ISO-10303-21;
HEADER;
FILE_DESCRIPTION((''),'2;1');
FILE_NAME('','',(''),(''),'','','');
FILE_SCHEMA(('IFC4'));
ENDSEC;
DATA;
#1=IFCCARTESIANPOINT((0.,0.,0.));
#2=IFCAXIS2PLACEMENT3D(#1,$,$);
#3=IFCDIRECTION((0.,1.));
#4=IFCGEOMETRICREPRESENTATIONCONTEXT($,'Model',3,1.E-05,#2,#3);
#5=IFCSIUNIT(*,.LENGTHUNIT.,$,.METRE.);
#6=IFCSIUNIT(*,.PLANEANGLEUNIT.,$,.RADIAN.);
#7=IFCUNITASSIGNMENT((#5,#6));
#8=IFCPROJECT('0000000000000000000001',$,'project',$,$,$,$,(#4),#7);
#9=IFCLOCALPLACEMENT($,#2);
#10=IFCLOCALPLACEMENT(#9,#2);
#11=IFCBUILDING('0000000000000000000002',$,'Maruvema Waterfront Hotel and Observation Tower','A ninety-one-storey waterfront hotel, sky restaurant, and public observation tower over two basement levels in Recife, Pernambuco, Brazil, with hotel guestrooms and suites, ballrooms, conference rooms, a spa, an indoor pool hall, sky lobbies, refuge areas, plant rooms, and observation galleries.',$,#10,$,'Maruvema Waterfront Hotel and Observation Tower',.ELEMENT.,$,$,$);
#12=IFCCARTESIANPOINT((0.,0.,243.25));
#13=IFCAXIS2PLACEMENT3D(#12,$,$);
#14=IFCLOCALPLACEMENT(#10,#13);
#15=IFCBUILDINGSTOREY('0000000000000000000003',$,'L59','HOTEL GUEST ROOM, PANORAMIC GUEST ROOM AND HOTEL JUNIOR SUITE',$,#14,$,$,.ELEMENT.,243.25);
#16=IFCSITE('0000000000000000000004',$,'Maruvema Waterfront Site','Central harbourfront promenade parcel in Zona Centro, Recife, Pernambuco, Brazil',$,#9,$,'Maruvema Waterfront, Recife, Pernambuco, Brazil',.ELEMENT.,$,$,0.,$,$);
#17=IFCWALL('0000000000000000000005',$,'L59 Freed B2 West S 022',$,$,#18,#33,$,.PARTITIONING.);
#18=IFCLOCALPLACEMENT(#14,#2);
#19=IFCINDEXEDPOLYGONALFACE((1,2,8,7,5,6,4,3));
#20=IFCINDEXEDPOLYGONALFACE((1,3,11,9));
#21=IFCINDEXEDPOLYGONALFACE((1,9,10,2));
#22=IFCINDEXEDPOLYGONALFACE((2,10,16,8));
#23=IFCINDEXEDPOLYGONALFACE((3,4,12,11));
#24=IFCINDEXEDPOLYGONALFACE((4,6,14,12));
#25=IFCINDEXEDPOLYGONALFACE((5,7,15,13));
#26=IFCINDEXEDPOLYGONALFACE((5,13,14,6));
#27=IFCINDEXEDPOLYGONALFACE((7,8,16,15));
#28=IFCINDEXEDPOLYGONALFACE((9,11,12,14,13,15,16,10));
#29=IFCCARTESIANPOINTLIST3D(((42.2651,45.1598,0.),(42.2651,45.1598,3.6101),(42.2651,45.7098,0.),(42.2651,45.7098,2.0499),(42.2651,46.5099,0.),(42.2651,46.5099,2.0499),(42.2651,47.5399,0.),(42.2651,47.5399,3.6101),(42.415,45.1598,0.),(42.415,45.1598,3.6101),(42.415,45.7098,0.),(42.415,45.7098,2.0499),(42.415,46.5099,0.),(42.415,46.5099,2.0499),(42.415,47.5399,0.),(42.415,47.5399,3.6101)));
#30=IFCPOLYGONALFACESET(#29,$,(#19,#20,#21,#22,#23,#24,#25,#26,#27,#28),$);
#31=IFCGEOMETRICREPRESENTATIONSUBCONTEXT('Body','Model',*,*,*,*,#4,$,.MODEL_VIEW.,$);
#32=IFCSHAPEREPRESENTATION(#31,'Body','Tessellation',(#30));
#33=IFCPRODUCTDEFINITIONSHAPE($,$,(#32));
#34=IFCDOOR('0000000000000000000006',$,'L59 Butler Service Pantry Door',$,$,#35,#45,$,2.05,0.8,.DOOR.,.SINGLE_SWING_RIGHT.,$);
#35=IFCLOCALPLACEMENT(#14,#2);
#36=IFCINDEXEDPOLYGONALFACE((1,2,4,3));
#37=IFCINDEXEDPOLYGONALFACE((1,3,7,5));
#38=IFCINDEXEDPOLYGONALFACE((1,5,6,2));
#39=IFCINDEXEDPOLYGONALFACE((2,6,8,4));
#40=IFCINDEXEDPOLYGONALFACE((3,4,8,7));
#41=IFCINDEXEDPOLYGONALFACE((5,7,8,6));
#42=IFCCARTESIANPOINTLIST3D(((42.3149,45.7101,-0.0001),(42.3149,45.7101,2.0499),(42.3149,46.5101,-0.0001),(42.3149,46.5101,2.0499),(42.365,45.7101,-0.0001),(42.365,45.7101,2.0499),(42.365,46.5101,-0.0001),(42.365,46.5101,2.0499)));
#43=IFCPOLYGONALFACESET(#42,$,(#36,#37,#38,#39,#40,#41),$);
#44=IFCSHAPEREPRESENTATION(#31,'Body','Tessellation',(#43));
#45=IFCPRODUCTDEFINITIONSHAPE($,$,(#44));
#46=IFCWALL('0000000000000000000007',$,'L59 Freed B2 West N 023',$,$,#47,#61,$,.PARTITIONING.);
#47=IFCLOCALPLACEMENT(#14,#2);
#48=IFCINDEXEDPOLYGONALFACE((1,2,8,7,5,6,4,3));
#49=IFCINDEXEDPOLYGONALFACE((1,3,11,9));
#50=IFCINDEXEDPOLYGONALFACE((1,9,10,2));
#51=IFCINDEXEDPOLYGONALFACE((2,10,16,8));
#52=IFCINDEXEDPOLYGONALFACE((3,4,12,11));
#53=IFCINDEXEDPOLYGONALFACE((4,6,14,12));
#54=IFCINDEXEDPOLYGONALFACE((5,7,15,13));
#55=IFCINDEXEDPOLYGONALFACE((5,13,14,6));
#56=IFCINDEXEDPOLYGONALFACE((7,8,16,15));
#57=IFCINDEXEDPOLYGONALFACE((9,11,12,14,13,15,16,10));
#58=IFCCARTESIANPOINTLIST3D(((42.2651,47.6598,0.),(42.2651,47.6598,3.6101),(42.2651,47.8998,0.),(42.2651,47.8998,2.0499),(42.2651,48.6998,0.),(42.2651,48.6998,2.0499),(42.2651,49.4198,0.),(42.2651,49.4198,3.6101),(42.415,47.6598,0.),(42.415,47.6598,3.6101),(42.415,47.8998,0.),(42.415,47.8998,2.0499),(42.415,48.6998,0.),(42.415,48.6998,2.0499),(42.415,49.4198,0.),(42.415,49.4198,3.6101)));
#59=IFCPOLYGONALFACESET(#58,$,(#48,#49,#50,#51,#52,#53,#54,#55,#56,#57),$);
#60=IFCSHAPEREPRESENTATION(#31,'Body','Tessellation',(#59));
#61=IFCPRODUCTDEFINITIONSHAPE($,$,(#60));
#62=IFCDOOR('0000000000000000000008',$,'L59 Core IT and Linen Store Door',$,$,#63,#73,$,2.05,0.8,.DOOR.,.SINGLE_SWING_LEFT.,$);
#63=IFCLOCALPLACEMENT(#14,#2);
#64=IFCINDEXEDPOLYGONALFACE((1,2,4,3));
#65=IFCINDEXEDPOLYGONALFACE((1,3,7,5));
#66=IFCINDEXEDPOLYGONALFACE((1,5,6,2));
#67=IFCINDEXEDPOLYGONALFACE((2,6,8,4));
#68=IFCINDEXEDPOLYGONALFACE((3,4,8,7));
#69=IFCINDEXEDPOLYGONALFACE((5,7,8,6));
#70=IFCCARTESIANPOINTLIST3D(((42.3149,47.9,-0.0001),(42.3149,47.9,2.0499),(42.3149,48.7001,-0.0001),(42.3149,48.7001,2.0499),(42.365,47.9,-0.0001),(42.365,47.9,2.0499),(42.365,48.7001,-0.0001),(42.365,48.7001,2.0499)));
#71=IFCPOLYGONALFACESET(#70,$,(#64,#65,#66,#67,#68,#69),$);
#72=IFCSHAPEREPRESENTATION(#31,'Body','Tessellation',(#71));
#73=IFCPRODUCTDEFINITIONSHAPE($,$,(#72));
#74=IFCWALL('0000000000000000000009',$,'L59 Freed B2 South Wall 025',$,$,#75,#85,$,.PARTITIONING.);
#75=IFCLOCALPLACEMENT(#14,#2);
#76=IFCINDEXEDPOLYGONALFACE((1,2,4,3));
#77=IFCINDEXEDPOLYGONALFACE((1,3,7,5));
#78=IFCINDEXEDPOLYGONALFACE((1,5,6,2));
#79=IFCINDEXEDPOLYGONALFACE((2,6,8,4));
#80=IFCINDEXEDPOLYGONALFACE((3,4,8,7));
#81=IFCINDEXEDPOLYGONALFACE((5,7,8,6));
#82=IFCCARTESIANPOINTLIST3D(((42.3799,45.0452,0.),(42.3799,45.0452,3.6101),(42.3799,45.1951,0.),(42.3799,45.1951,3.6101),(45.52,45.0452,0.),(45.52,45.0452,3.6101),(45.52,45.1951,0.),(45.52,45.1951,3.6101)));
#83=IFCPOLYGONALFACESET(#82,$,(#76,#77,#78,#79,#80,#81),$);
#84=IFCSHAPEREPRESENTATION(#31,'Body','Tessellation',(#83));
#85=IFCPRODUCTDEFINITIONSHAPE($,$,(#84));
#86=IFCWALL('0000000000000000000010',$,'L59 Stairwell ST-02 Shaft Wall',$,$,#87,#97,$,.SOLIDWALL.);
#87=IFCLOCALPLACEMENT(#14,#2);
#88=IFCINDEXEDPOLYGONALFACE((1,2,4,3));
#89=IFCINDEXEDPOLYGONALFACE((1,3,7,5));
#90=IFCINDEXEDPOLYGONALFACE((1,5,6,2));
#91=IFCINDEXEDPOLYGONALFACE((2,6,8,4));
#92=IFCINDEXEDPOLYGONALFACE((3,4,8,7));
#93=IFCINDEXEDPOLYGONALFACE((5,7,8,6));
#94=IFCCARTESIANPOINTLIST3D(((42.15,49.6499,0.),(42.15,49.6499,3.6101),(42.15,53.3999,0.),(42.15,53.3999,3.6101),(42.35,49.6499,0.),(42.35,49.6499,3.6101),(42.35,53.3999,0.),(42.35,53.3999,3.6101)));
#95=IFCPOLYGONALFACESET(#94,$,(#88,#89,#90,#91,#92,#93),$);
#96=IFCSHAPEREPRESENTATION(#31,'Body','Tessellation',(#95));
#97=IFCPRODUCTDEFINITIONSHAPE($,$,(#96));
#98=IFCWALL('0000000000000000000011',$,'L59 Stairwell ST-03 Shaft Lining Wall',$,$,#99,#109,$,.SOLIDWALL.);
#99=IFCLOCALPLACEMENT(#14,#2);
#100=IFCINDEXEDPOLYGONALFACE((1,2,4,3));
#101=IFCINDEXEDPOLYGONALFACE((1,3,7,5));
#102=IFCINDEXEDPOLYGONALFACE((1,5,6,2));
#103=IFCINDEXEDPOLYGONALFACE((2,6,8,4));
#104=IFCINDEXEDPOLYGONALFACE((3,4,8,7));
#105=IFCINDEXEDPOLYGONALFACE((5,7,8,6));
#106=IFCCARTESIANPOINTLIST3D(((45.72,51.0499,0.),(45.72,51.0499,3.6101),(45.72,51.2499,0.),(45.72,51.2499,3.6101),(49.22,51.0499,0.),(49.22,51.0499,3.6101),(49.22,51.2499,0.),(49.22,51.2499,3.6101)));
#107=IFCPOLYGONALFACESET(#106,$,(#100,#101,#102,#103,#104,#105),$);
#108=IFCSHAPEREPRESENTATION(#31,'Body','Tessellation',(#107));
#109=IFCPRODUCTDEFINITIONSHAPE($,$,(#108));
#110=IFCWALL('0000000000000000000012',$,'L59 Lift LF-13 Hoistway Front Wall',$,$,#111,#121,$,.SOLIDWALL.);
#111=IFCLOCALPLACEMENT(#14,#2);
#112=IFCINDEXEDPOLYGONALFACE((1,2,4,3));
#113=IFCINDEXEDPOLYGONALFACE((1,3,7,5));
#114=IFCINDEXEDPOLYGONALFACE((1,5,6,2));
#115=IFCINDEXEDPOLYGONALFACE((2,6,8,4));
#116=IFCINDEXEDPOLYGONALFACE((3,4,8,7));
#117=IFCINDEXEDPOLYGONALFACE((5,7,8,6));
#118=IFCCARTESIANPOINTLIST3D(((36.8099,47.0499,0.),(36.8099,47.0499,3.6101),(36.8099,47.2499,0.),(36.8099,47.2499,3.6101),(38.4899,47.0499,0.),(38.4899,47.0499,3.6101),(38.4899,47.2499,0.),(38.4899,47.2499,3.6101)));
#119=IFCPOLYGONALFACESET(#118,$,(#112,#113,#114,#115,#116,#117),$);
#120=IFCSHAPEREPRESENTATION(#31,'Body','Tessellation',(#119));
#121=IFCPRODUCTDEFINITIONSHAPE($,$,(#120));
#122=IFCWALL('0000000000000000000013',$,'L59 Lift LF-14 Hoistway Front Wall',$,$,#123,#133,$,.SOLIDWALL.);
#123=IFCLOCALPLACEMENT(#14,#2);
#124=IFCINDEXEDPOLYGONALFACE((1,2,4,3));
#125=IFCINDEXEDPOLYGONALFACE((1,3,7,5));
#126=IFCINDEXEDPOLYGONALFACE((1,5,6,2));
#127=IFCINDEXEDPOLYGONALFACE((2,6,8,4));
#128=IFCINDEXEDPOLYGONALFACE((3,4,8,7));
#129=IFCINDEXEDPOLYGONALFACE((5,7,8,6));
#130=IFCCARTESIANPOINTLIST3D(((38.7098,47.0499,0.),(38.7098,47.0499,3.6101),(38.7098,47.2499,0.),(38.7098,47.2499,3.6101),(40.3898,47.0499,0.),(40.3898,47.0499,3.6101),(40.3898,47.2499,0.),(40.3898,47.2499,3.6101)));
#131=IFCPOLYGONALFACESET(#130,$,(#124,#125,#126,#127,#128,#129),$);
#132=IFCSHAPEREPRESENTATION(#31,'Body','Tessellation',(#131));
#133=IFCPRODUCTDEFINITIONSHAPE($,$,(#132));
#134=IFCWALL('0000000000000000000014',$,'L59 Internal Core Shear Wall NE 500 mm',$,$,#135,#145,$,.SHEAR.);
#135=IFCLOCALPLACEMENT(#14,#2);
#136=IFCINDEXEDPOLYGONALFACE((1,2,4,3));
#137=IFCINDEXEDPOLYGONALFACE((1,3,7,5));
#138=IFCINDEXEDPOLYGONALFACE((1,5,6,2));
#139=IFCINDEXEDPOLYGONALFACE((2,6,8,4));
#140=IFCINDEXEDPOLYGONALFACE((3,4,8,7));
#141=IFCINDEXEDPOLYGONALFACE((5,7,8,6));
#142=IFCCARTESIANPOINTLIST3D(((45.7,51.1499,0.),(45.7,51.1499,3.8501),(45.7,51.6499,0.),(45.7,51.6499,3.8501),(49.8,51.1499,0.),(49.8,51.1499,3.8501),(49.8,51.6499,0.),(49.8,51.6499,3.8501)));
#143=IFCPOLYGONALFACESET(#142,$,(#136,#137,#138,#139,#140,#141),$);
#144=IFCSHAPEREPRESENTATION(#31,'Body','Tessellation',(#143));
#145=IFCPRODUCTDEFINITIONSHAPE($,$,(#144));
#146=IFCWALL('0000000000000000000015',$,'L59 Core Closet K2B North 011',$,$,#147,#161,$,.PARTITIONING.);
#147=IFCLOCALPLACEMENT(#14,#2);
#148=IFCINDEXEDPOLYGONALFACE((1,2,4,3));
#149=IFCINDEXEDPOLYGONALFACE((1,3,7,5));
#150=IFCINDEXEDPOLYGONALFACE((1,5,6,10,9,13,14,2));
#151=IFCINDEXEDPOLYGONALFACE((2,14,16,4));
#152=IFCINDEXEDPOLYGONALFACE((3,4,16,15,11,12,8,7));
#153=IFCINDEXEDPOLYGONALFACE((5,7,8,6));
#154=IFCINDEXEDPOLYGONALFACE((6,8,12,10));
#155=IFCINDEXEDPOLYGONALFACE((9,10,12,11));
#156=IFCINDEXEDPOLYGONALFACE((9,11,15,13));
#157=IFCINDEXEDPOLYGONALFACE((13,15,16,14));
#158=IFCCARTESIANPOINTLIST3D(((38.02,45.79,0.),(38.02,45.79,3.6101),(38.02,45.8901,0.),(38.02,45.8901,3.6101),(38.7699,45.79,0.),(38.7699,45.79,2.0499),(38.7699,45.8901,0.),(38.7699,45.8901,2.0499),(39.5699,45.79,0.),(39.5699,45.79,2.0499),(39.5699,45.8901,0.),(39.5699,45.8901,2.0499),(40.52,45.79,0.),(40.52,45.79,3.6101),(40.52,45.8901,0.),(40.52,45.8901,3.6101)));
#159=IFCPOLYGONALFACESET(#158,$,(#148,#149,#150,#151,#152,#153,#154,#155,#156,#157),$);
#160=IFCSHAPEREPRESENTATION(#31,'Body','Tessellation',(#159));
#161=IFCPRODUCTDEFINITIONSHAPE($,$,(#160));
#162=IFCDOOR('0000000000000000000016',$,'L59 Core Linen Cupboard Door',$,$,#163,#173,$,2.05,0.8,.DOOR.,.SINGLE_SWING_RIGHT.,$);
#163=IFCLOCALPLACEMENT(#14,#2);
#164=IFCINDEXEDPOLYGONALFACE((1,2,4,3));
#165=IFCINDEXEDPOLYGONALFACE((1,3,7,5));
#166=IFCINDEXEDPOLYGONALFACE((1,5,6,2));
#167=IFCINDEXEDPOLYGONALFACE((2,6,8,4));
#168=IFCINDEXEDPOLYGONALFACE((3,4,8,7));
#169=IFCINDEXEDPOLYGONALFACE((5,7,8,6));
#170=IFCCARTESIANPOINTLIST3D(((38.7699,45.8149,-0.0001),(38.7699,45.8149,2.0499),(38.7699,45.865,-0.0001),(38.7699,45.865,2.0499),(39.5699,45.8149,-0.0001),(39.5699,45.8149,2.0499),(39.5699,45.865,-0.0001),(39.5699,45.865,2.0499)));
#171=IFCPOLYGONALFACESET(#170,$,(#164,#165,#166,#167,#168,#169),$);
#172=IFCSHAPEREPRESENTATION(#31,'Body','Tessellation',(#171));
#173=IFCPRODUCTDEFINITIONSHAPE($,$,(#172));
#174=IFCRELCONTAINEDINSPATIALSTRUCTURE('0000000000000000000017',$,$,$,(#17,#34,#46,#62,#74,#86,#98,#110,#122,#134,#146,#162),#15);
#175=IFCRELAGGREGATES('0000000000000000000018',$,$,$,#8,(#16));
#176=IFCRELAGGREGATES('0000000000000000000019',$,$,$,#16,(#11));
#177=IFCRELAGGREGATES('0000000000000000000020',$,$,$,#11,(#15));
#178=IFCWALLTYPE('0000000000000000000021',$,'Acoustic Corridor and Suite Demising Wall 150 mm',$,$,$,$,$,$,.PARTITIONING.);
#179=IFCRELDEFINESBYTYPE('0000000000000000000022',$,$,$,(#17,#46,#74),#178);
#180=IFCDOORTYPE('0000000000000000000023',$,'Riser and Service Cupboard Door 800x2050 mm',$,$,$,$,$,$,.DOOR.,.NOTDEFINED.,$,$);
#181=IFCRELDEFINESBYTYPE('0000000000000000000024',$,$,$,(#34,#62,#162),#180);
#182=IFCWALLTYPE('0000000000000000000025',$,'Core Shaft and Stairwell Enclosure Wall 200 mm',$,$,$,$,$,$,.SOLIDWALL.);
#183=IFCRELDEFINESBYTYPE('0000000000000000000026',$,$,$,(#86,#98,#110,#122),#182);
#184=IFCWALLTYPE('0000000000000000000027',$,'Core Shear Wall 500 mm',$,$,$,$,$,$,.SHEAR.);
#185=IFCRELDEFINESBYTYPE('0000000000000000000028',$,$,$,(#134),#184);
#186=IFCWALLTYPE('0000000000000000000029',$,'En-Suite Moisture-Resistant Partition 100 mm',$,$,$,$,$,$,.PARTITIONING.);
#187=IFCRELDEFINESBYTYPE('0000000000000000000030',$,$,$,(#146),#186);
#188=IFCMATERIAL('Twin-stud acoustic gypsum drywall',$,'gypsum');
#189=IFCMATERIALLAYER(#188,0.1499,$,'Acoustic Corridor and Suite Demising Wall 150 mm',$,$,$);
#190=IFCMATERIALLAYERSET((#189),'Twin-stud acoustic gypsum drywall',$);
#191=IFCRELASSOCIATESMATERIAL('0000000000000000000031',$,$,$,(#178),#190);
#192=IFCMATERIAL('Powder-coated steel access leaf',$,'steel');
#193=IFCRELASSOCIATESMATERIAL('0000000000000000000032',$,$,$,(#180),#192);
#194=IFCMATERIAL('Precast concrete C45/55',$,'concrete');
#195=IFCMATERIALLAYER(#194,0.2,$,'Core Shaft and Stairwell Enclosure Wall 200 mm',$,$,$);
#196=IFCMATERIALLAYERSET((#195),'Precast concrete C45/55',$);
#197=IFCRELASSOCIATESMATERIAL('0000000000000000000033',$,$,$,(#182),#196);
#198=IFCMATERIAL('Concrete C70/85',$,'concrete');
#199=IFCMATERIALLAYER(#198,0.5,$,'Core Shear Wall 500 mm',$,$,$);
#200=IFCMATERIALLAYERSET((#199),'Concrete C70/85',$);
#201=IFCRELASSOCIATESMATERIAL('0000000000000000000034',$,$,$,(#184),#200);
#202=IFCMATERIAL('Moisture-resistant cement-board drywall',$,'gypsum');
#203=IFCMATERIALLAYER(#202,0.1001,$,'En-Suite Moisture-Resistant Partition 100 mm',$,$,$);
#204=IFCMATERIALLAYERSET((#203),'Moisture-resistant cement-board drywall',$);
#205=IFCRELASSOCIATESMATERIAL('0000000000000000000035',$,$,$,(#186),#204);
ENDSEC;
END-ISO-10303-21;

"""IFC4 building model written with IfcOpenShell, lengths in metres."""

from ifc_helpers import new_model, si_unit, direction, frame, frame_2d, origin, place, context, subcontext, project, spatial, rectangle, extrude, material, layer, layer_set, type_object, element, fill, save


model = new_model("IFC4")

# Units and contexts
model_context = context("Model", 3, precision=1e-05, world=origin(), true_north=direction((0.0, 1.0)))
body_context = subcontext(model_context, "Body", "Model", "MODEL_VIEW")
ifc_project = project(units=[si_unit("LENGTHUNIT", "METRE"), si_unit("PLANEANGLEUNIT", "RADIAN")], contexts=[model_context])

# Site, building, storey
site_placement = place(None, origin())
site = spatial("IfcSite", under=ifc_project, at=site_placement, Name="Maruvema Waterfront Site", Description="Central harbourfront promenade parcel in Zona Centro, Recife, Pernambuco, Brazil", LongName="Maruvema Waterfront, Recife, Pernambuco, Brazil", CompositionType="ELEMENT", RefElevation=0.0)
building_placement = place(site_placement, origin())
building = spatial("IfcBuilding", under=site, at=building_placement, Name="Maruvema Waterfront Hotel and Observation Tower", Description="A ninety-one-storey waterfront hotel, sky restaurant, and public observation tower over two basement levels in Recife, Pernambuco, Brazil, with hotel guestrooms and suites, ballrooms, conference rooms, a spa, an indoor pool hall, sky lobbies, refuge areas, plant rooms, and observation galleries.", LongName="Maruvema Waterfront Hotel and Observation Tower", CompositionType="ELEMENT")
storey_placement = place(building_placement, frame((0.0, 0.0, 243.25)))
storey = spatial("IfcBuildingStorey", under=building, at=storey_placement, Name="L59", Description="HOTEL GUEST ROOM, PANORAMIC GUEST ROOM AND HOTEL JUNIOR SUITE", CompositionType="ELEMENT", Elevation=243.25)

# Walls, openings, doors
ifc_material_1 = material(Name="Twin-stud acoustic gypsum drywall", Category="gypsum")
ifc_layer_1 = layer(ifc_material_1, 0.1499, Name="Acoustic Corridor and Suite Demising Wall 150 mm")
ifc_layer_set_1 = layer_set([ifc_layer_1], Name="Twin-stud acoustic gypsum drywall")
wall_type_1 = type_object("IfcWallType", Name="Acoustic Corridor and Suite Demising Wall 150 mm", PredefinedType="PARTITIONING", material=ifc_layer_set_1)
wall_1_placement = place(storey_placement, frame((42.3401, 45.1599, 0.0), z_axis=(0.0, 0.0, 1.0), x_axis=(0.0, 1.0, 0.0)))
wall_1 = element("IfcWall", 1, at=wall_1_placement, inside=storey, type_object=wall_type_1, Name="L59 Freed B2 West S 022", PredefinedType="PARTITIONING", context=body_context, shape_type="SweptSolid", body=[
    extrude(rectangle(XDim=2.3801, YDim=0.1499, at=frame_2d((1.1899, 0.0))), origin(), (0.0, 0.0, 1.0), 3.6101),
])
opening_1_placement = place(wall_1_placement, frame((0.55, 0.0, 0.0)))
opening_1 = element("IfcOpeningElement", 2, at=opening_1_placement, cuts=wall_1, PredefinedType="OPENING", context=body_context, shape_type="SweptSolid", body=[
    extrude(rectangle(XDim=0.8, YDim=2.05, at=frame_2d((0.3999, 1.0249))), frame((0.0, 0.085, 0.0), z_axis=(0.0, -1.0, 0.0), x_axis=(1.0, 0.0, 0.0)), (0.0, 0.0, 1.0), 0.1699),
])
ifc_material_2 = material(Name="Powder-coated steel access leaf", Category="steel")
door_type = type_object("IfcDoorType", Name="Riser and Service Cupboard Door 800x2050 mm", OperationType="NOTDEFINED", PredefinedType="DOOR", material=ifc_material_2)
door_1_placement = place(opening_1_placement, frame((0.8, 0.0, 0.0), z_axis=(0.0, 0.0, 1.0), x_axis=(-1.0, 0.0, 0.0)))
door_1 = element("IfcDoor", 3, at=door_1_placement, inside=storey, type_object=door_type, Name="L59 Butler Service Pantry Door", OperationType="SINGLE_SWING_RIGHT", OverallHeight=2.05, OverallWidth=0.8, PredefinedType="DOOR", context=body_context, shape_type="SweptSolid", body=[
    extrude(rectangle(XDim=0.8, YDim=2.05, at=frame_2d((0.3999, 1.0249))), frame((0.0, 0.0249, 0.0), z_axis=(0.0, -1.0, 0.0), x_axis=(1.0, 0.0, 0.0)), (0.0, 0.0, 1.0), 0.05),
])
fill(opening_1, door_1)
wall_2_placement = place(storey_placement, frame((42.3401, 47.6599, 0.0), z_axis=(0.0, 0.0, 1.0), x_axis=(0.0, 1.0, 0.0)))
wall_2 = element("IfcWall", 4, at=wall_2_placement, inside=storey, type_object=wall_type_1, Name="L59 Freed B2 West N 023", PredefinedType="PARTITIONING", context=body_context, shape_type="SweptSolid", body=[
    extrude(rectangle(XDim=1.76, YDim=0.1499, at=frame_2d((0.8799, 0.0))), origin(), (0.0, 0.0, 1.0), 3.6101),
])
opening_2_placement = place(wall_2_placement, frame((0.24, 0.0, 0.0)))
opening_2 = element("IfcOpeningElement", 5, at=opening_2_placement, cuts=wall_2, PredefinedType="OPENING", context=body_context, shape_type="SweptSolid", body=[
    extrude(rectangle(XDim=0.8, YDim=2.05, at=frame_2d((0.3999, 1.0249))), frame((0.0, 0.085, 0.0), z_axis=(0.0, -1.0, 0.0), x_axis=(1.0, 0.0, 0.0)), (0.0, 0.0, 1.0), 0.1699),
])
door_2_placement = place(opening_2_placement, frame((0.8, 0.0, 0.0), z_axis=(0.0, 0.0, 1.0), x_axis=(-1.0, 0.0, 0.0)))
door_2 = element("IfcDoor", 6, at=door_2_placement, inside=storey, type_object=door_type, Name="L59 Core IT and Linen Store Door", OperationType="SINGLE_SWING_LEFT", OverallHeight=2.05, OverallWidth=0.8, PredefinedType="DOOR", context=body_context, shape_type="SweptSolid", body=[
    extrude(rectangle(XDim=0.8, YDim=2.05, at=frame_2d((0.3999, 1.0249))), frame((0.0, 0.0249, 0.0), z_axis=(0.0, -1.0, 0.0), x_axis=(1.0, 0.0, 0.0)), (0.0, 0.0, 1.0), 0.05),
])
fill(opening_2, door_2)

# Walls
wall_3_placement = place(storey_placement, frame((42.3799, 45.1201, 0.0), z_axis=(0.0, 0.0, 1.0), x_axis=(1.0, 0.0, 0.0)))
element("IfcWall", 7, at=wall_3_placement, inside=storey, type_object=wall_type_1, Name="L59 Freed B2 South Wall 025", PredefinedType="PARTITIONING", context=body_context, shape_type="SweptSolid", body=[
    extrude(rectangle(XDim=3.1401, YDim=0.1499, at=frame_2d((1.5701, 0.0))), origin(), (0.0, 0.0, 1.0), 3.6101),
])
ifc_material_3 = material(Name="Precast concrete C45/55", Category="concrete")
ifc_layer_2 = layer(ifc_material_3, 0.2, Name="Core Shaft and Stairwell Enclosure Wall 200 mm")
ifc_layer_set_2 = layer_set([ifc_layer_2], Name="Precast concrete C45/55")
wall_type_2 = type_object("IfcWallType", Name="Core Shaft and Stairwell Enclosure Wall 200 mm", PredefinedType="SOLIDWALL", material=ifc_layer_set_2)
wall_4_placement = place(storey_placement, frame((42.25, 49.6499, 0.0), z_axis=(0.0, 0.0, 1.0), x_axis=(0.0, 1.0, 0.0)))
element("IfcWall", 8, at=wall_4_placement, inside=storey, type_object=wall_type_2, Name="L59 Stairwell ST-02 Shaft Wall", PredefinedType="SOLIDWALL", context=body_context, shape_type="SweptSolid", body=[
    extrude(rectangle(XDim=3.75, YDim=0.2, at=frame_2d((1.875, 0.0))), origin(), (0.0, 0.0, 1.0), 3.6101),
])
wall_5_placement = place(storey_placement, frame((45.72, 51.1499, 0.0), z_axis=(0.0, 0.0, 1.0), x_axis=(1.0, 0.0, 0.0)))
element("IfcWall", 9, at=wall_5_placement, inside=storey, type_object=wall_type_2, Name="L59 Stairwell ST-03 Shaft Lining Wall", PredefinedType="SOLIDWALL", context=body_context, shape_type="SweptSolid", body=[
    extrude(rectangle(XDim=3.5, YDim=0.2, at=frame_2d((1.75, 0.0))), origin(), (0.0, 0.0, 1.0), 3.6101),
])
for number, where, z_axis, x_axis, name in (
    (10, (36.8101, 47.1499, 0.0), (0.0, 0.0, 1.0), (1.0, 0.0, 0.0), "L59 Lift LF-13 Hoistway Front Wall"),
    (11, (38.71, 47.1499, 0.0), (0.0, 0.0, 1.0), (1.0, 0.0, 0.0), "L59 Lift LF-14 Hoistway Front Wall"),
):
    element("IfcWall", number, at=place(storey_placement, frame(where, z_axis=z_axis, x_axis=x_axis)), inside=storey, type_object=wall_type_2, Name=name, PredefinedType="SOLIDWALL", context=body_context, shape_type="SweptSolid", body=[
        extrude(rectangle(XDim=1.6799, YDim=0.2, at=frame_2d((0.8398, 0.0))), origin(), (0.0, 0.0, 1.0), 3.6101),
    ])
ifc_material_4 = material(Name="Concrete C70/85", Category="concrete")
ifc_layer_3 = layer(ifc_material_4, 0.5, Name="Core Shear Wall 500 mm")
ifc_layer_set_3 = layer_set([ifc_layer_3], Name="Concrete C70/85")
wall_type_3 = type_object("IfcWallType", Name="Core Shear Wall 500 mm", PredefinedType="SHEAR", material=ifc_layer_set_3)
wall_6_placement = place(storey_placement, frame((45.7, 51.3999, 0.0), z_axis=(0.0, 0.0, 1.0), x_axis=(1.0, 0.0, 0.0)))
element("IfcWall", 12, at=wall_6_placement, inside=storey, type_object=wall_type_3, Name="L59 Internal Core Shear Wall NE 500 mm", PredefinedType="SHEAR", context=body_context, shape_type="SweptSolid", body=[
    extrude(rectangle(XDim=4.1001, YDim=0.5, at=frame_2d((2.05, 0.0))), origin(), (0.0, 0.0, 1.0), 3.8501),
])

# Wall, opening, door
ifc_material_5 = material(Name="Moisture-resistant cement-board drywall", Category="gypsum")
ifc_layer_4 = layer(ifc_material_5, 0.1001, Name="En-Suite Moisture-Resistant Partition 100 mm")
ifc_layer_set_4 = layer_set([ifc_layer_4], Name="Moisture-resistant cement-board drywall")
wall_type_4 = type_object("IfcWallType", Name="En-Suite Moisture-Resistant Partition 100 mm", PredefinedType="PARTITIONING", material=ifc_layer_set_4)
wall_7_placement = place(storey_placement, frame((38.02, 45.8401, 0.0), z_axis=(0.0, 0.0, 1.0), x_axis=(1.0, 0.0, 0.0)))
wall_7 = element("IfcWall", 13, at=wall_7_placement, inside=storey, type_object=wall_type_4, Name="L59 Core Closet K2B North 011", PredefinedType="PARTITIONING", context=body_context, shape_type="SweptSolid", body=[
    extrude(rectangle(XDim=2.5, YDim=0.1001, at=frame_2d((1.25, 0.0))), origin(), (0.0, 0.0, 1.0), 3.6101),
])
opening_3_placement = place(wall_7_placement, frame((0.75, 0.0, 0.0)))
opening_3 = element("IfcOpeningElement", 14, at=opening_3_placement, cuts=wall_7, PredefinedType="OPENING", context=body_context, shape_type="SweptSolid", body=[
    extrude(rectangle(XDim=0.8, YDim=2.05, at=frame_2d((0.3999, 1.0249))), frame((0.0, 0.0601, 0.0), z_axis=(0.0, -1.0, 0.0), x_axis=(1.0, 0.0, 0.0)), (0.0, 0.0, 1.0), 0.1201),
])
door_3_placement = place(opening_3_placement, origin())
door_3 = element("IfcDoor", 15, at=door_3_placement, inside=storey, type_object=door_type, Name="L59 Core Linen Cupboard Door", OperationType="SINGLE_SWING_RIGHT", OverallHeight=2.05, OverallWidth=0.8, PredefinedType="DOOR", context=body_context, shape_type="SweptSolid", body=[
    extrude(rectangle(XDim=0.8, YDim=2.05, at=frame_2d((0.3999, 1.0249))), frame((0.0, 0.0249, 0.0), z_axis=(0.0, -1.0, 0.0), x_axis=(1.0, 0.0, 0.0)), (0.0, 0.0, 1.0), 0.05),
])
fill(opening_3, door_3)

save(model, "model.ifc")
